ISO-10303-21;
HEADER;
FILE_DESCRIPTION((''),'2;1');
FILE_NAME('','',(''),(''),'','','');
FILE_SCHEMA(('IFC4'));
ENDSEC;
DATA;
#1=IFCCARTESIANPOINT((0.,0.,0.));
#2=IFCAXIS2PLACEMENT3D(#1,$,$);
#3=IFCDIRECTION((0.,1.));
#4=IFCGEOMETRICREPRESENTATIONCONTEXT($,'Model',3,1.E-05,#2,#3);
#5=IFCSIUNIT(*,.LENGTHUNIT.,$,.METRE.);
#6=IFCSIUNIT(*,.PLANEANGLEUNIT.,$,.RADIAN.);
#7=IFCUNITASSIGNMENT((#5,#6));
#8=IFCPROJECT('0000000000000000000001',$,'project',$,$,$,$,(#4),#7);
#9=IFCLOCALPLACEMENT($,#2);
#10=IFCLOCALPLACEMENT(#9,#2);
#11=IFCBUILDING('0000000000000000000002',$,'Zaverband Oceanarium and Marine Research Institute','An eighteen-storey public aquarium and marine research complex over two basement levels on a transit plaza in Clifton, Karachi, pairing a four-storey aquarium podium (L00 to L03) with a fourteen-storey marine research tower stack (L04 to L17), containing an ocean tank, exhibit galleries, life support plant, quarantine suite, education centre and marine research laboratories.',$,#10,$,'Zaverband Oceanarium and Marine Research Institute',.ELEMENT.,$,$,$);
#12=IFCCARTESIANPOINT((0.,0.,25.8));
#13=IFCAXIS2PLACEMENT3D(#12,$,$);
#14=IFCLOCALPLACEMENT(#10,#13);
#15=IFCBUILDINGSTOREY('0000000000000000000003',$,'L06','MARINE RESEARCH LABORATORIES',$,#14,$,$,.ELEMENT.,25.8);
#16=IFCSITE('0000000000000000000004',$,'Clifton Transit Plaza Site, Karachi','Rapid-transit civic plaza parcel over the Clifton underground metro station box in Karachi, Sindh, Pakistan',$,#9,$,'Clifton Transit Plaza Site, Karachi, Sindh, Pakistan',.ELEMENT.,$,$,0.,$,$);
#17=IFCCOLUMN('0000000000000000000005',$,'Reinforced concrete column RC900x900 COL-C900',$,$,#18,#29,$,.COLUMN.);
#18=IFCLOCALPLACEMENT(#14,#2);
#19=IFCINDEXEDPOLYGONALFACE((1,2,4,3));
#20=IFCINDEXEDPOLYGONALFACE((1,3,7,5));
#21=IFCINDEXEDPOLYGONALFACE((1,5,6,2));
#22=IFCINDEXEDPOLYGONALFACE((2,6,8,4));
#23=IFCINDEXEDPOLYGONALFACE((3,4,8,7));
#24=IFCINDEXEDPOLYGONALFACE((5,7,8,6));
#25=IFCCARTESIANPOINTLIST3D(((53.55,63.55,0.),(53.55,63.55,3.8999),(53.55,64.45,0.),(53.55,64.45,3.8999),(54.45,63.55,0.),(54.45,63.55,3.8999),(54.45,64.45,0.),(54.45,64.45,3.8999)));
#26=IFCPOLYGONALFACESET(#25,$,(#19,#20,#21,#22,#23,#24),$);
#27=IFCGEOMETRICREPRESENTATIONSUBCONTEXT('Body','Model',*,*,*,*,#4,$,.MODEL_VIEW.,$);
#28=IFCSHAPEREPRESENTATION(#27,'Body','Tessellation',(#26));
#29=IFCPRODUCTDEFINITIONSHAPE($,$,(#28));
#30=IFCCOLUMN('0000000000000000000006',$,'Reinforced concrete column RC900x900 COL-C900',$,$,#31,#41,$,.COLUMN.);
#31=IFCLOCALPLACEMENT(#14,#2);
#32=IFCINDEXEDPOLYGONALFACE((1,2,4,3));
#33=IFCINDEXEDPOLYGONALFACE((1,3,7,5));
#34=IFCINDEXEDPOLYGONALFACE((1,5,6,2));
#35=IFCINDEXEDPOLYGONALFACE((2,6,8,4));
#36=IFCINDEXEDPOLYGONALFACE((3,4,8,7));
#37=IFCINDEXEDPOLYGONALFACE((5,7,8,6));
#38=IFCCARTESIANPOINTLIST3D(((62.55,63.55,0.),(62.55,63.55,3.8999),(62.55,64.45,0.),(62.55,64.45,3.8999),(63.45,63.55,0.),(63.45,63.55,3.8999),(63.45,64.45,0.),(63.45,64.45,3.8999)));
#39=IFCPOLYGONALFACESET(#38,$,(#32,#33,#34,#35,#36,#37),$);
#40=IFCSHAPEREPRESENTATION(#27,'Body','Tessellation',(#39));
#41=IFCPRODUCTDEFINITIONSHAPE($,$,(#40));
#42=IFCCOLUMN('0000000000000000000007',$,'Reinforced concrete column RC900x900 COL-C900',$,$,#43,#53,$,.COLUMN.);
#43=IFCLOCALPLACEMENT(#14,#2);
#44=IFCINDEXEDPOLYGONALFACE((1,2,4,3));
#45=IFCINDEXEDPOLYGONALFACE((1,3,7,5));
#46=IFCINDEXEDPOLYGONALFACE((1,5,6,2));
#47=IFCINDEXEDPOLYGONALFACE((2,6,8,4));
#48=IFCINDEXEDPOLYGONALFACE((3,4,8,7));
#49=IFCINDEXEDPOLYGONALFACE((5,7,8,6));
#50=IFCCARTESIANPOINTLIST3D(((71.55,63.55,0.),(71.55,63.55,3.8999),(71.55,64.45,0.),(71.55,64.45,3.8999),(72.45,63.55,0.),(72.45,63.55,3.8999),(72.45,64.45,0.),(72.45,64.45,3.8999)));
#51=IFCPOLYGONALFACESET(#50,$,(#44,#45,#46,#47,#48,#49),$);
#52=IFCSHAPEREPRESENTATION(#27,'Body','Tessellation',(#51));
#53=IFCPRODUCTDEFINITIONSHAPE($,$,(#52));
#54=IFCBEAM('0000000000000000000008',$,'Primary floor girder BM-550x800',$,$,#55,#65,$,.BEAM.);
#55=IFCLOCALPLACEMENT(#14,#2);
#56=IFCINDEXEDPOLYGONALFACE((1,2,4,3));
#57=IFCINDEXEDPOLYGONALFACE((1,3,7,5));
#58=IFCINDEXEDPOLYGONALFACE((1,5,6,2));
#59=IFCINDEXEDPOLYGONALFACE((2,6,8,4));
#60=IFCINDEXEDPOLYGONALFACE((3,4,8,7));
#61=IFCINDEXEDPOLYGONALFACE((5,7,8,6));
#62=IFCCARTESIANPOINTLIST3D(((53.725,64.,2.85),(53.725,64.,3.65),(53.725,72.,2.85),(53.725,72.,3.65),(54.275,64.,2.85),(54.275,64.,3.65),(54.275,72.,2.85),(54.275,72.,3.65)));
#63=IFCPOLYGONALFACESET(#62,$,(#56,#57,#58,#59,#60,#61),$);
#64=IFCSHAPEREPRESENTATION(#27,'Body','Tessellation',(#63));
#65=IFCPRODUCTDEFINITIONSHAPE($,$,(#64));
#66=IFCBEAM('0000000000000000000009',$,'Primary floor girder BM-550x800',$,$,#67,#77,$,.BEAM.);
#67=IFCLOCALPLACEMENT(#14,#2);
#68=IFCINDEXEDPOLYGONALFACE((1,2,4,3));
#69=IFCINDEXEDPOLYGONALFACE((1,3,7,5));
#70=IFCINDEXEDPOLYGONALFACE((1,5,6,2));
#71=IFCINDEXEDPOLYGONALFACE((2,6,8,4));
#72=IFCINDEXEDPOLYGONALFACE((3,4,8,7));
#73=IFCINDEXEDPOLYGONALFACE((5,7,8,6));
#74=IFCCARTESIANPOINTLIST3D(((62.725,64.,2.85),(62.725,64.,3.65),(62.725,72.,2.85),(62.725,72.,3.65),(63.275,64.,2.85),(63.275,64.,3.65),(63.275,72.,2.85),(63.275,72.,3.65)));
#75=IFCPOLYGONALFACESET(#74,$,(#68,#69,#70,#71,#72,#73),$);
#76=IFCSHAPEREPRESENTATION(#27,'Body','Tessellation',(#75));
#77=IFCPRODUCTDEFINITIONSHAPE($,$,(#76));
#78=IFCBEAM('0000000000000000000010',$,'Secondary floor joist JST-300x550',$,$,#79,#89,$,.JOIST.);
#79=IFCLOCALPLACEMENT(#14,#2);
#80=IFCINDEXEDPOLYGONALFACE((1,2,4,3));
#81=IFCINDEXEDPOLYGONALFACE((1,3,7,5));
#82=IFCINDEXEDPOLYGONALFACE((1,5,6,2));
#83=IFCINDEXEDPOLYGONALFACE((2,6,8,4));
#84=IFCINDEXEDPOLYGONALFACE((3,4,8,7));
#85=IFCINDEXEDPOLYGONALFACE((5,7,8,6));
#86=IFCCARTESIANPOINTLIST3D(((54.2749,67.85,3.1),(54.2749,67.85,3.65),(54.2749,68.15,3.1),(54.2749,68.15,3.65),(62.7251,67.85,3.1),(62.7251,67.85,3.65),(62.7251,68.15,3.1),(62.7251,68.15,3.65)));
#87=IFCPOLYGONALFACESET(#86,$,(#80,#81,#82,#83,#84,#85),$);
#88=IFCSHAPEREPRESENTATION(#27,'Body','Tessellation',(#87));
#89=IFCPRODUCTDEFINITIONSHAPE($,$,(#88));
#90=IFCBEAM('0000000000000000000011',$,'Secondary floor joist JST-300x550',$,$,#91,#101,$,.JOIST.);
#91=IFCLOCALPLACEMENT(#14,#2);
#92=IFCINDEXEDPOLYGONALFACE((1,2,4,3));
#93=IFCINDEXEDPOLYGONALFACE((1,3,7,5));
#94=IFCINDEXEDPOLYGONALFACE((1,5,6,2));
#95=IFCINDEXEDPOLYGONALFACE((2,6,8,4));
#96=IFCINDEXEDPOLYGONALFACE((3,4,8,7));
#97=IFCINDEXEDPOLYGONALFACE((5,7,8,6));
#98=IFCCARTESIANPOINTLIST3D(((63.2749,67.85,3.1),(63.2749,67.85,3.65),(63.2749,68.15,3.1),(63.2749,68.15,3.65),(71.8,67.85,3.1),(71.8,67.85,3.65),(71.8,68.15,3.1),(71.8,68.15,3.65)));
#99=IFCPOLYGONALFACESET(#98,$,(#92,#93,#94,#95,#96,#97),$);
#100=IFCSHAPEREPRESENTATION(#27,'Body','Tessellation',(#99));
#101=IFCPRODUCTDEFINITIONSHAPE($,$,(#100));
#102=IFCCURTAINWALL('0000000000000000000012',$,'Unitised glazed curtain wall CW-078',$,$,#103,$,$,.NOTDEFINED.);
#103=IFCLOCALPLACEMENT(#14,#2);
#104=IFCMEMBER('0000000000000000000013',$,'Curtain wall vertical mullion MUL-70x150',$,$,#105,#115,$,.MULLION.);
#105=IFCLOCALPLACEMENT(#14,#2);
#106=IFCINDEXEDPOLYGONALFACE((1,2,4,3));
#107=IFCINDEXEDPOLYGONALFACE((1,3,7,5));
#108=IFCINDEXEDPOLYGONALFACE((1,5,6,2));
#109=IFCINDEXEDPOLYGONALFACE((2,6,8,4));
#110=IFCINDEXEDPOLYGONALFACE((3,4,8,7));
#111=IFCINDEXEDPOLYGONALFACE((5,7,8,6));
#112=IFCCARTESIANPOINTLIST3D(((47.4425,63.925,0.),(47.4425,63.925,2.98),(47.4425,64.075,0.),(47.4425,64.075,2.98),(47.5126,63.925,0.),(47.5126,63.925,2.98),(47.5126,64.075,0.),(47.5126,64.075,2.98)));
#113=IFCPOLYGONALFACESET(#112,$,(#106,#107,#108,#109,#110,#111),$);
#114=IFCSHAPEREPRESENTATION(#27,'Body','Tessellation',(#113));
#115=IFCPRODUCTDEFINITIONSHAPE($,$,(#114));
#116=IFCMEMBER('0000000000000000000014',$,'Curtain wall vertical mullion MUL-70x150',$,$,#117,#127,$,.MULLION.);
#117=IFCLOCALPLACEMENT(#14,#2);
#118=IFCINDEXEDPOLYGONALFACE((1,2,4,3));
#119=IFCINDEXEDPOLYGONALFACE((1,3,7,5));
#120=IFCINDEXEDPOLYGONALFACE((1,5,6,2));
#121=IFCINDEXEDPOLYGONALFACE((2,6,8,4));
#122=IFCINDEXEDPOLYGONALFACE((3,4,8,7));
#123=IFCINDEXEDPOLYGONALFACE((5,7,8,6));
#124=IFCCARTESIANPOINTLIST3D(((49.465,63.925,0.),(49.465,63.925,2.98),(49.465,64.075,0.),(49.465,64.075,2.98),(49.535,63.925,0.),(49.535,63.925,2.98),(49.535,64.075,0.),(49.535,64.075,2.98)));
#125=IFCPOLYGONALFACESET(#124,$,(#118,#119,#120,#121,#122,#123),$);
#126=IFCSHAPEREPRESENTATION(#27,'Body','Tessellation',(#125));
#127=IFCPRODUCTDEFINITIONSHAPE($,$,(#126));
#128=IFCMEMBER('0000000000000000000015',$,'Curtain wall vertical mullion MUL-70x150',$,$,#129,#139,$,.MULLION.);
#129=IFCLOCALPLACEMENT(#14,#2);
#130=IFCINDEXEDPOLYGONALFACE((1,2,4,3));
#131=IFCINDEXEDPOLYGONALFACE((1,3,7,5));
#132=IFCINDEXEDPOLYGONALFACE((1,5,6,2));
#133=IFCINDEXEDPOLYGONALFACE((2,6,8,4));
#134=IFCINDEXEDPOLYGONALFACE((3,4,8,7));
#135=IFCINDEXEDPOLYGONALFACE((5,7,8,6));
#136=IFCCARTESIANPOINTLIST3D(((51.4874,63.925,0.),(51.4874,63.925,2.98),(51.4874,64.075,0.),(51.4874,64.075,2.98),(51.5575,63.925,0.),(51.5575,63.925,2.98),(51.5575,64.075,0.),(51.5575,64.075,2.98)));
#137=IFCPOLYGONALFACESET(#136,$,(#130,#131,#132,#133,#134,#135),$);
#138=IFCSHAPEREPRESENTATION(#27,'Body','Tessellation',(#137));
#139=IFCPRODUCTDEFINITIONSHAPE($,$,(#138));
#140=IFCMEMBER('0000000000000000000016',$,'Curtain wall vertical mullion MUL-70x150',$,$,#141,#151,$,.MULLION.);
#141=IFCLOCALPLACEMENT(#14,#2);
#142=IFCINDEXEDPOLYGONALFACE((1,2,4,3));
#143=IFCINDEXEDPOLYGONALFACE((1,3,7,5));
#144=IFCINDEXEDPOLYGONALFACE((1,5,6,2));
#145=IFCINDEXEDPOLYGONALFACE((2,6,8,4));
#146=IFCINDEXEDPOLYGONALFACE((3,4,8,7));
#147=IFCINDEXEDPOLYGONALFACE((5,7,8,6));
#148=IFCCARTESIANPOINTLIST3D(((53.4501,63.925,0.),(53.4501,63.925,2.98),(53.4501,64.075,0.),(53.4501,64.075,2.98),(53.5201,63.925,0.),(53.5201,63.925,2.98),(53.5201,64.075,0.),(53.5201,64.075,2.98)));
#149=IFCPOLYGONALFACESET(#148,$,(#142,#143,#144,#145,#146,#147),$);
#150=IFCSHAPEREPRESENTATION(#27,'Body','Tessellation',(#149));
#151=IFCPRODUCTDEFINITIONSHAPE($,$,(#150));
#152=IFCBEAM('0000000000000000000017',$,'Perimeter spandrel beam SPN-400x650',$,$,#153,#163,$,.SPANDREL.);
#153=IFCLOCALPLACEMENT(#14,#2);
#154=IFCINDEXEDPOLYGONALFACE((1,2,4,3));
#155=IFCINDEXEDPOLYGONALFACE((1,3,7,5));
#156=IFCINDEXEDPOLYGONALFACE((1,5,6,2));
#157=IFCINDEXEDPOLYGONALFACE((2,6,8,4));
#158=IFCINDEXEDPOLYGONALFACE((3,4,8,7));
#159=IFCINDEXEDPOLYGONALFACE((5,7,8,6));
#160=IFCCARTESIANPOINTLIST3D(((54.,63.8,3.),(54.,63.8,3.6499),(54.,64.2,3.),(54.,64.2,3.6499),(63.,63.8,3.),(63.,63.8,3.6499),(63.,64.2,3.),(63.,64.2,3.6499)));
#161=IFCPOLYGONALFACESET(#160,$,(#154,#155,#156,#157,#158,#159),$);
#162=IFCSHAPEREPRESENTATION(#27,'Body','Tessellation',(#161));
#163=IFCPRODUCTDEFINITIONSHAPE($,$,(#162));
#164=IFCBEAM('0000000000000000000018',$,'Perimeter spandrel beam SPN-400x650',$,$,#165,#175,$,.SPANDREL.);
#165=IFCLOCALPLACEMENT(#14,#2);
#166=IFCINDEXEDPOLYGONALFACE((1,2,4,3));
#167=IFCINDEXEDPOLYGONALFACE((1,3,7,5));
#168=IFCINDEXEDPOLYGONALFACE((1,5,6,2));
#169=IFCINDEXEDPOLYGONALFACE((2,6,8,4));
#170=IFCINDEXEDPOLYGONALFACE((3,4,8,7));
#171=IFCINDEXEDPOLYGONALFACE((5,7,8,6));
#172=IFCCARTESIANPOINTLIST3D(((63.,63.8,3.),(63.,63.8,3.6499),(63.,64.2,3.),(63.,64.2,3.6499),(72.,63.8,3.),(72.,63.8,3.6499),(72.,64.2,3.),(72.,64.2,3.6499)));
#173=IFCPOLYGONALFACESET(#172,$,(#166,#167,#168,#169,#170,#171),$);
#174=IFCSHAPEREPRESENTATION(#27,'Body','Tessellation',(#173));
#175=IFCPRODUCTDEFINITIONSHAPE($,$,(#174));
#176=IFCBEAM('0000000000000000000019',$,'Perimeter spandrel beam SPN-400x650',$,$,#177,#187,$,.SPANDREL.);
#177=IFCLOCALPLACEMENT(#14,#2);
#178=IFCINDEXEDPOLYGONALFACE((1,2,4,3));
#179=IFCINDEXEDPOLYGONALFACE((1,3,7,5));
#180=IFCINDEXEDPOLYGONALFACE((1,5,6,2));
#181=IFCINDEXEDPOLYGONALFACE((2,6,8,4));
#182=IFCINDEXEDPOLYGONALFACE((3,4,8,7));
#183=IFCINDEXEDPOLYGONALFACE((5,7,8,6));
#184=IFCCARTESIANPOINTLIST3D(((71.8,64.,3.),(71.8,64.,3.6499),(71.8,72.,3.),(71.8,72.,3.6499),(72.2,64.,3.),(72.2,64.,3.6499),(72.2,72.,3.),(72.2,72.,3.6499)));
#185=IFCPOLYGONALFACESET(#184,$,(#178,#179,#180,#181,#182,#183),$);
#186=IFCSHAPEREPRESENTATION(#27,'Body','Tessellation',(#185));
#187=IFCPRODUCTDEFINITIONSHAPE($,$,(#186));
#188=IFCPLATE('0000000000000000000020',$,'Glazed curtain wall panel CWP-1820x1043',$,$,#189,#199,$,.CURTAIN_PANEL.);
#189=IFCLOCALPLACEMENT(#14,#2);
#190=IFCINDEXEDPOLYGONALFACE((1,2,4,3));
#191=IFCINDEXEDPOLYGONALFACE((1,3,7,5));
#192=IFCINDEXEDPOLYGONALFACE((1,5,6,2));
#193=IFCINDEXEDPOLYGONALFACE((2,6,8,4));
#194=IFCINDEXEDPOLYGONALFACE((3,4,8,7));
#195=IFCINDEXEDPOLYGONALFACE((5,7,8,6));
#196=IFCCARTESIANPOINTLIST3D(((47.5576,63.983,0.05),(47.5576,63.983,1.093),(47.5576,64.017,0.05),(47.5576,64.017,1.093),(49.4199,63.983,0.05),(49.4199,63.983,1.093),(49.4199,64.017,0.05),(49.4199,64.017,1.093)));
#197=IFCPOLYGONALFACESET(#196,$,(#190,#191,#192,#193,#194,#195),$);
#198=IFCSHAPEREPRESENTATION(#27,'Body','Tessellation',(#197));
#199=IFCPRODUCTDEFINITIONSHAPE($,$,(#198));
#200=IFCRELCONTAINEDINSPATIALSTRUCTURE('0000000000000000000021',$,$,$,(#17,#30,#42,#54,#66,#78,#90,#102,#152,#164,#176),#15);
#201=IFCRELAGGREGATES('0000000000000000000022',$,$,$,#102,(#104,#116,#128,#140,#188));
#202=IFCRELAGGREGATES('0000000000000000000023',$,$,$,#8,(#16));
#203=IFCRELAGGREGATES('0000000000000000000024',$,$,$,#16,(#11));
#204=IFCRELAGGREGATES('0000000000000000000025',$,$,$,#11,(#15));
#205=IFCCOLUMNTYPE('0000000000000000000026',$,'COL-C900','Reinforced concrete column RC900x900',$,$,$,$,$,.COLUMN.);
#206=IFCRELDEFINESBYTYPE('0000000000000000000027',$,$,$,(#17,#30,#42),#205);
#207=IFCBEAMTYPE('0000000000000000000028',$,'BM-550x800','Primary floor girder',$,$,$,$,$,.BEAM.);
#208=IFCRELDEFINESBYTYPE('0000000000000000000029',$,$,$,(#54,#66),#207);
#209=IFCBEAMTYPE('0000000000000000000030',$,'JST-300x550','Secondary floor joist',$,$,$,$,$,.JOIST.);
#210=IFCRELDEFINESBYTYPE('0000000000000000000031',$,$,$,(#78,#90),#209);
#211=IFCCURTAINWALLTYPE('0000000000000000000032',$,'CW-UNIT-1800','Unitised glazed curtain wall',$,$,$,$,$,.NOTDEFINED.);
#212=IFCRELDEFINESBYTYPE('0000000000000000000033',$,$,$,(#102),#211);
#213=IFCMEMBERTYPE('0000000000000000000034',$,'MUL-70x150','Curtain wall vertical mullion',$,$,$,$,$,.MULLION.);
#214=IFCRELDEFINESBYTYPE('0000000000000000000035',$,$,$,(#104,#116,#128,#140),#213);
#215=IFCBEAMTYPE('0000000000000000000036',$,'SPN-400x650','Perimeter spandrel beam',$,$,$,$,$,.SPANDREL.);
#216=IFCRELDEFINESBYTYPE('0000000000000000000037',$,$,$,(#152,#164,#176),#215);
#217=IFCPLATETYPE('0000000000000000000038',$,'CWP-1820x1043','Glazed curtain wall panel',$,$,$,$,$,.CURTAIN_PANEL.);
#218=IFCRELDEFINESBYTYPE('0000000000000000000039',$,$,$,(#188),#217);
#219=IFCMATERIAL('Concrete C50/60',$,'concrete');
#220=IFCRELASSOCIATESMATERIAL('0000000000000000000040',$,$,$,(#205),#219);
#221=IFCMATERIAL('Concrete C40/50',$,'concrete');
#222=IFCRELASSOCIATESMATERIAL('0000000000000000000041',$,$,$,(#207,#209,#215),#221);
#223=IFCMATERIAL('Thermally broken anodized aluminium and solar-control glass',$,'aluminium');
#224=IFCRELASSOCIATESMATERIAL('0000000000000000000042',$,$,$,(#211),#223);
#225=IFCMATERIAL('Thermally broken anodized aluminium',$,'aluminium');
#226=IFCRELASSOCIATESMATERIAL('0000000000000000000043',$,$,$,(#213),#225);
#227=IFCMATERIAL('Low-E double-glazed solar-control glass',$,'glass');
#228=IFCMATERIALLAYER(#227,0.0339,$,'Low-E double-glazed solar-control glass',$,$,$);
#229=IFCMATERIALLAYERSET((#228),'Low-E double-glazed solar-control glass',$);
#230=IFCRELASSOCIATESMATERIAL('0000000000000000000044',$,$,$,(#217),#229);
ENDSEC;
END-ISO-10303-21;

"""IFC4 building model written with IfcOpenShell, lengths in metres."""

from ifc_helpers import new_model, si_unit, direction, frame, frame_2d, origin, origin_2d, place, context, subcontext, project, spatial, rectangle, extrude, material, layer, layer_set, material_profile, profile_set, type_object, element, aggregate, save


model = new_model("IFC4")

# Units and contexts
model_context = context("Model", 3, precision=1e-05, world=origin(), true_north=direction((0.0, 1.0)))
body_context = subcontext(model_context, "Body", "Model", "MODEL_VIEW")
ifc_project = project(units=[si_unit("LENGTHUNIT", "METRE"), si_unit("PLANEANGLEUNIT", "RADIAN")], contexts=[model_context])

# Site, building, storey
site_placement = place(None, origin())
site = spatial("IfcSite", under=ifc_project, at=site_placement, Name="Clifton Transit Plaza Site, Karachi", Description="Rapid-transit civic plaza parcel over the Clifton underground metro station box in Karachi, Sindh, Pakistan", LongName="Clifton Transit Plaza Site, Karachi, Sindh, Pakistan", CompositionType="ELEMENT", RefElevation=0.0)
building_placement = place(site_placement, origin())
building = spatial("IfcBuilding", under=site, at=building_placement, Name="Zaverband Oceanarium and Marine Research Institute", Description="An eighteen-storey public aquarium and marine research complex over two basement levels on a transit plaza in Clifton, Karachi, pairing a four-storey aquarium podium (L00 to L03) with a fourteen-storey marine research tower stack (L04 to L17), containing an ocean tank, exhibit galleries, life support plant, quarantine suite, education centre and marine research laboratories.", LongName="Zaverband Oceanarium and Marine Research Institute", CompositionType="ELEMENT")
storey_placement = place(building_placement, frame((0.0, 0.0, 25.8)))
storey = spatial("IfcBuildingStorey", under=building, at=storey_placement, Name="L06", Description="MARINE RESEARCH LABORATORIES", CompositionType="ELEMENT", Elevation=25.8)

# Columns
ifc_material_1 = material(Name="Concrete C50/60", Category="concrete")
ifc_material_profile_1 = material_profile(ifc_material_1, rectangle(XDim=0.8999, YDim=0.8999, at=origin_2d()), Name="RC900x900")
ifc_profile_set_1 = profile_set([ifc_material_profile_1], Name="Concrete C50/60")
column_type = type_object("IfcColumnType", Name="COL-C900", Description="Reinforced concrete column RC900x900", PredefinedType="COLUMN", material=ifc_profile_set_1)
for number, where, z_axis, x_axis, name in (
    (1, (54.0, 64.0, 0.0), (0.0, 0.0, 1.0), (1.0, 0.0, 0.0), "Reinforced concrete column RC900x900 COL-C900"),
    (2, (63.0, 64.0, 0.0), (0.0, 0.0, 1.0), (1.0, 0.0, 0.0), "Reinforced concrete column RC900x900 COL-C900"),
    (3, (72.0, 64.0, 0.0), (0.0, 0.0, 1.0), (1.0, 0.0, 0.0), "Reinforced concrete column RC900x900 COL-C900"),
):
    element("IfcColumn", number, at=place(storey_placement, frame(where, z_axis=z_axis, x_axis=x_axis)), inside=storey, type_object=column_type, Name=name, PredefinedType="COLUMN", context=body_context, shape_type="SweptSolid", body=[
        extrude(rectangle(XDim=0.8999, YDim=0.8999, at=origin_2d()), origin(), (0.0, 0.0, 1.0), 3.8999),
    ])

# Beams
ifc_material_2 = material(Name="Concrete C40/50", Category="concrete")
ifc_material_profile_2 = material_profile(ifc_material_2, rectangle(XDim=0.55, YDim=0.8, at=origin_2d()), Name="RC550x800")
ifc_profile_set_2 = profile_set([ifc_material_profile_2], Name="Concrete C40/50")
beam_type_1 = type_object("IfcBeamType", Name="BM-550x800", Description="Primary floor girder", PredefinedType="BEAM", material=ifc_profile_set_2)
for number, where, z_axis, x_axis, name in (
    (4, (54.0, 64.0, 3.25), (0.0, 1.0, 0.0), (-1.0, 0.0, 0.0), "Primary floor girder BM-550x800"),
    (5, (63.0, 64.0, 3.25), (0.0, 1.0, 0.0), (-1.0, 0.0, 0.0), "Primary floor girder BM-550x800"),
):
    element("IfcBeam", number, at=place(storey_placement, frame(where, z_axis=z_axis, x_axis=x_axis)), inside=storey, type_object=beam_type_1, Name=name, PredefinedType="BEAM", context=body_context, shape_type="SweptSolid", body=[
        extrude(rectangle(XDim=0.55, YDim=0.8, at=origin_2d()), origin(), (0.0, 0.0, 1.0), 8.0),
    ])
ifc_material_profile_3 = material_profile(ifc_material_2, rectangle(XDim=0.3, YDim=0.55, at=origin_2d()), Name="RC300x550")
ifc_profile_set_3 = profile_set([ifc_material_profile_3], Name="Concrete C40/50")
beam_type_2 = type_object("IfcBeamType", Name="JST-300x550", Description="Secondary floor joist", PredefinedType="JOIST", material=ifc_profile_set_3)
beam_1_placement = place(storey_placement, frame((54.2749, 68.0, 3.375), z_axis=(1.0, 0.0, 0.0), x_axis=(0.0, 1.0, 0.0)))
element("IfcBeam", 6, at=beam_1_placement, inside=storey, type_object=beam_type_2, Name="Secondary floor joist JST-300x550", PredefinedType="JOIST", context=body_context, shape_type="SweptSolid", body=[
    extrude(rectangle(XDim=0.3, YDim=0.55, at=origin_2d()), origin(), (0.0, 0.0, 1.0), 8.4502),
])
beam_2_placement = place(storey_placement, frame((63.2749, 68.0, 3.375), z_axis=(1.0, 0.0, 0.0), x_axis=(0.0, 1.0, 0.0)))
element("IfcBeam", 7, at=beam_2_placement, inside=storey, type_object=beam_type_2, Name="Secondary floor joist JST-300x550", PredefinedType="JOIST", context=body_context, shape_type="SweptSolid", body=[
    extrude(rectangle(XDim=0.3, YDim=0.55, at=origin_2d()), origin(), (0.0, 0.0, 1.0), 8.5251),
])

# Curtain wall, members
ifc_material_3 = material(Name="Thermally broken anodized aluminium and solar-control glass", Category="aluminium")
curtain_wall_type = type_object("IfcCurtainWallType", Name="CW-UNIT-1800", Description="Unitised glazed curtain wall", PredefinedType="NOTDEFINED", material=ifc_material_3)
curtain_wall_placement = place(storey_placement, origin())
curtain_wall = element("IfcCurtainWall", 8, at=curtain_wall_placement, inside=storey, type_object=curtain_wall_type, Name="Unitised glazed curtain wall CW-078", PredefinedType="NOTDEFINED")
ifc_material_4 = material(Name="Thermally broken anodized aluminium", Category="aluminium")
ifc_material_profile_4 = material_profile(ifc_material_4, rectangle(XDim=0.0701, YDim=0.1499, at=origin_2d()), Name="AL-MUL-70x150")
ifc_profile_set_4 = profile_set([ifc_material_profile_4], Name="Thermally broken anodized aluminium")
member_type = type_object("IfcMemberType", Name="MUL-70x150", Description="Curtain wall vertical mullion", PredefinedType="MULLION", material=ifc_profile_set_4)
member_1_placement = place(storey_placement, frame((47.4775, 64.0, 0.0), z_axis=(0.0, 0.0, 1.0), x_axis=(1.0, 0.0, 0.0)))
member_1 = element("IfcMember", 9, at=member_1_placement, type_object=member_type, Name="Curtain wall vertical mullion MUL-70x150", PredefinedType="MULLION", context=body_context, shape_type="SweptSolid", body=[
    extrude(rectangle(XDim=0.0701, YDim=0.1499, at=origin_2d()), origin(), (0.0, 0.0, 1.0), 2.98),
])
member_2_placement = place(storey_placement, frame((49.5, 64.0, 0.0), z_axis=(0.0, 0.0, 1.0), x_axis=(1.0, 0.0, 0.0)))
member_2 = element("IfcMember", 10, at=member_2_placement, type_object=member_type, Name="Curtain wall vertical mullion MUL-70x150", PredefinedType="MULLION", context=body_context, shape_type="SweptSolid", body=[
    extrude(rectangle(XDim=0.0701, YDim=0.1499, at=origin_2d()), origin(), (0.0, 0.0, 1.0), 2.98),
])
member_3_placement = place(storey_placement, frame((51.5225, 64.0, 0.0), z_axis=(0.0, 0.0, 1.0), x_axis=(1.0, 0.0, 0.0)))
member_3 = element("IfcMember", 11, at=member_3_placement, type_object=member_type, Name="Curtain wall vertical mullion MUL-70x150", PredefinedType="MULLION", context=body_context, shape_type="SweptSolid", body=[
    extrude(rectangle(XDim=0.0701, YDim=0.1499, at=origin_2d()), origin(), (0.0, 0.0, 1.0), 2.98),
])
member_4_placement = place(storey_placement, frame((53.4851, 64.0, 0.0), z_axis=(0.0, 0.0, 1.0), x_axis=(1.0, 0.0, 0.0)))
member_4 = element("IfcMember", 12, at=member_4_placement, type_object=member_type, Name="Curtain wall vertical mullion MUL-70x150", PredefinedType="MULLION", context=body_context, shape_type="SweptSolid", body=[
    extrude(rectangle(XDim=0.0701, YDim=0.1499, at=origin_2d()), origin(), (0.0, 0.0, 1.0), 2.98),
])

# Beams
ifc_material_profile_5 = material_profile(ifc_material_2, rectangle(XDim=0.3999, YDim=0.6499, at=origin_2d()), Name="RC400x650")
ifc_profile_set_5 = profile_set([ifc_material_profile_5], Name="Concrete C40/50")
beam_type_3 = type_object("IfcBeamType", Name="SPN-400x650", Description="Perimeter spandrel beam", PredefinedType="SPANDREL", material=ifc_profile_set_5)
for number, where, z_axis, x_axis, name in (
    (13, (54.0, 64.0, 3.325), (1.0, 0.0, 0.0), (0.0, 1.0, 0.0), "Perimeter spandrel beam SPN-400x650"),
    (14, (63.0, 64.0, 3.325), (1.0, 0.0, 0.0), (0.0, 1.0, 0.0), "Perimeter spandrel beam SPN-400x650"),
):
    element("IfcBeam", number, at=place(storey_placement, frame(where, z_axis=z_axis, x_axis=x_axis)), inside=storey, type_object=beam_type_3, Name=name, PredefinedType="SPANDREL", context=body_context, shape_type="SweptSolid", body=[
        extrude(rectangle(XDim=0.3999, YDim=0.6499, at=origin_2d()), origin(), (0.0, 0.0, 1.0), 9.0),
    ])
beam_3_placement = place(storey_placement, frame((72.0, 64.0, 3.325), z_axis=(0.0, 1.0, 0.0), x_axis=(-1.0, 0.0, 0.0)))
element("IfcBeam", 15, at=beam_3_placement, inside=storey, type_object=beam_type_3, Name="Perimeter spandrel beam SPN-400x650", PredefinedType="SPANDREL", context=body_context, shape_type="SweptSolid", body=[
    extrude(rectangle(XDim=0.3999, YDim=0.6499, at=origin_2d()), origin(), (0.0, 0.0, 1.0), 8.0),
])

# Plate
ifc_material_5 = material(Name="Low-E double-glazed solar-control glass", Category="glass")
ifc_layer_1 = layer(ifc_material_5, 0.0339, Name="Low-E double-glazed solar-control glass")
ifc_layer_set_1 = layer_set([ifc_layer_1], Name="Low-E double-glazed solar-control glass")
plate_type_1 = type_object("IfcPlateType", Name="CWP-1820x1043", Description="Glazed curtain wall panel", PredefinedType="CURTAIN_PANEL", material=ifc_layer_set_1)
plate_1_placement = place(storey_placement, frame((47.5576, 64.0, 0.05), z_axis=(0.0, 0.0, 1.0), x_axis=(1.0, 0.0, 0.0)))
plate_1 = element("IfcPlate", 16, at=plate_1_placement, type_object=plate_type_1, Name="Glazed curtain wall panel CWP-1820x1043", PredefinedType="CURTAIN_PANEL", context=body_context, shape_type="SweptSolid", body=[
    extrude(rectangle(XDim=1.8623, YDim=0.0339, at=frame_2d((0.9312, 0.0))), origin(), (0.0, 0.0, 1.0), 1.043),
])
aggregate(curtain_wall, [member_1, member_2, member_3, member_4, plate_1])

save(model, "model.ifc")
